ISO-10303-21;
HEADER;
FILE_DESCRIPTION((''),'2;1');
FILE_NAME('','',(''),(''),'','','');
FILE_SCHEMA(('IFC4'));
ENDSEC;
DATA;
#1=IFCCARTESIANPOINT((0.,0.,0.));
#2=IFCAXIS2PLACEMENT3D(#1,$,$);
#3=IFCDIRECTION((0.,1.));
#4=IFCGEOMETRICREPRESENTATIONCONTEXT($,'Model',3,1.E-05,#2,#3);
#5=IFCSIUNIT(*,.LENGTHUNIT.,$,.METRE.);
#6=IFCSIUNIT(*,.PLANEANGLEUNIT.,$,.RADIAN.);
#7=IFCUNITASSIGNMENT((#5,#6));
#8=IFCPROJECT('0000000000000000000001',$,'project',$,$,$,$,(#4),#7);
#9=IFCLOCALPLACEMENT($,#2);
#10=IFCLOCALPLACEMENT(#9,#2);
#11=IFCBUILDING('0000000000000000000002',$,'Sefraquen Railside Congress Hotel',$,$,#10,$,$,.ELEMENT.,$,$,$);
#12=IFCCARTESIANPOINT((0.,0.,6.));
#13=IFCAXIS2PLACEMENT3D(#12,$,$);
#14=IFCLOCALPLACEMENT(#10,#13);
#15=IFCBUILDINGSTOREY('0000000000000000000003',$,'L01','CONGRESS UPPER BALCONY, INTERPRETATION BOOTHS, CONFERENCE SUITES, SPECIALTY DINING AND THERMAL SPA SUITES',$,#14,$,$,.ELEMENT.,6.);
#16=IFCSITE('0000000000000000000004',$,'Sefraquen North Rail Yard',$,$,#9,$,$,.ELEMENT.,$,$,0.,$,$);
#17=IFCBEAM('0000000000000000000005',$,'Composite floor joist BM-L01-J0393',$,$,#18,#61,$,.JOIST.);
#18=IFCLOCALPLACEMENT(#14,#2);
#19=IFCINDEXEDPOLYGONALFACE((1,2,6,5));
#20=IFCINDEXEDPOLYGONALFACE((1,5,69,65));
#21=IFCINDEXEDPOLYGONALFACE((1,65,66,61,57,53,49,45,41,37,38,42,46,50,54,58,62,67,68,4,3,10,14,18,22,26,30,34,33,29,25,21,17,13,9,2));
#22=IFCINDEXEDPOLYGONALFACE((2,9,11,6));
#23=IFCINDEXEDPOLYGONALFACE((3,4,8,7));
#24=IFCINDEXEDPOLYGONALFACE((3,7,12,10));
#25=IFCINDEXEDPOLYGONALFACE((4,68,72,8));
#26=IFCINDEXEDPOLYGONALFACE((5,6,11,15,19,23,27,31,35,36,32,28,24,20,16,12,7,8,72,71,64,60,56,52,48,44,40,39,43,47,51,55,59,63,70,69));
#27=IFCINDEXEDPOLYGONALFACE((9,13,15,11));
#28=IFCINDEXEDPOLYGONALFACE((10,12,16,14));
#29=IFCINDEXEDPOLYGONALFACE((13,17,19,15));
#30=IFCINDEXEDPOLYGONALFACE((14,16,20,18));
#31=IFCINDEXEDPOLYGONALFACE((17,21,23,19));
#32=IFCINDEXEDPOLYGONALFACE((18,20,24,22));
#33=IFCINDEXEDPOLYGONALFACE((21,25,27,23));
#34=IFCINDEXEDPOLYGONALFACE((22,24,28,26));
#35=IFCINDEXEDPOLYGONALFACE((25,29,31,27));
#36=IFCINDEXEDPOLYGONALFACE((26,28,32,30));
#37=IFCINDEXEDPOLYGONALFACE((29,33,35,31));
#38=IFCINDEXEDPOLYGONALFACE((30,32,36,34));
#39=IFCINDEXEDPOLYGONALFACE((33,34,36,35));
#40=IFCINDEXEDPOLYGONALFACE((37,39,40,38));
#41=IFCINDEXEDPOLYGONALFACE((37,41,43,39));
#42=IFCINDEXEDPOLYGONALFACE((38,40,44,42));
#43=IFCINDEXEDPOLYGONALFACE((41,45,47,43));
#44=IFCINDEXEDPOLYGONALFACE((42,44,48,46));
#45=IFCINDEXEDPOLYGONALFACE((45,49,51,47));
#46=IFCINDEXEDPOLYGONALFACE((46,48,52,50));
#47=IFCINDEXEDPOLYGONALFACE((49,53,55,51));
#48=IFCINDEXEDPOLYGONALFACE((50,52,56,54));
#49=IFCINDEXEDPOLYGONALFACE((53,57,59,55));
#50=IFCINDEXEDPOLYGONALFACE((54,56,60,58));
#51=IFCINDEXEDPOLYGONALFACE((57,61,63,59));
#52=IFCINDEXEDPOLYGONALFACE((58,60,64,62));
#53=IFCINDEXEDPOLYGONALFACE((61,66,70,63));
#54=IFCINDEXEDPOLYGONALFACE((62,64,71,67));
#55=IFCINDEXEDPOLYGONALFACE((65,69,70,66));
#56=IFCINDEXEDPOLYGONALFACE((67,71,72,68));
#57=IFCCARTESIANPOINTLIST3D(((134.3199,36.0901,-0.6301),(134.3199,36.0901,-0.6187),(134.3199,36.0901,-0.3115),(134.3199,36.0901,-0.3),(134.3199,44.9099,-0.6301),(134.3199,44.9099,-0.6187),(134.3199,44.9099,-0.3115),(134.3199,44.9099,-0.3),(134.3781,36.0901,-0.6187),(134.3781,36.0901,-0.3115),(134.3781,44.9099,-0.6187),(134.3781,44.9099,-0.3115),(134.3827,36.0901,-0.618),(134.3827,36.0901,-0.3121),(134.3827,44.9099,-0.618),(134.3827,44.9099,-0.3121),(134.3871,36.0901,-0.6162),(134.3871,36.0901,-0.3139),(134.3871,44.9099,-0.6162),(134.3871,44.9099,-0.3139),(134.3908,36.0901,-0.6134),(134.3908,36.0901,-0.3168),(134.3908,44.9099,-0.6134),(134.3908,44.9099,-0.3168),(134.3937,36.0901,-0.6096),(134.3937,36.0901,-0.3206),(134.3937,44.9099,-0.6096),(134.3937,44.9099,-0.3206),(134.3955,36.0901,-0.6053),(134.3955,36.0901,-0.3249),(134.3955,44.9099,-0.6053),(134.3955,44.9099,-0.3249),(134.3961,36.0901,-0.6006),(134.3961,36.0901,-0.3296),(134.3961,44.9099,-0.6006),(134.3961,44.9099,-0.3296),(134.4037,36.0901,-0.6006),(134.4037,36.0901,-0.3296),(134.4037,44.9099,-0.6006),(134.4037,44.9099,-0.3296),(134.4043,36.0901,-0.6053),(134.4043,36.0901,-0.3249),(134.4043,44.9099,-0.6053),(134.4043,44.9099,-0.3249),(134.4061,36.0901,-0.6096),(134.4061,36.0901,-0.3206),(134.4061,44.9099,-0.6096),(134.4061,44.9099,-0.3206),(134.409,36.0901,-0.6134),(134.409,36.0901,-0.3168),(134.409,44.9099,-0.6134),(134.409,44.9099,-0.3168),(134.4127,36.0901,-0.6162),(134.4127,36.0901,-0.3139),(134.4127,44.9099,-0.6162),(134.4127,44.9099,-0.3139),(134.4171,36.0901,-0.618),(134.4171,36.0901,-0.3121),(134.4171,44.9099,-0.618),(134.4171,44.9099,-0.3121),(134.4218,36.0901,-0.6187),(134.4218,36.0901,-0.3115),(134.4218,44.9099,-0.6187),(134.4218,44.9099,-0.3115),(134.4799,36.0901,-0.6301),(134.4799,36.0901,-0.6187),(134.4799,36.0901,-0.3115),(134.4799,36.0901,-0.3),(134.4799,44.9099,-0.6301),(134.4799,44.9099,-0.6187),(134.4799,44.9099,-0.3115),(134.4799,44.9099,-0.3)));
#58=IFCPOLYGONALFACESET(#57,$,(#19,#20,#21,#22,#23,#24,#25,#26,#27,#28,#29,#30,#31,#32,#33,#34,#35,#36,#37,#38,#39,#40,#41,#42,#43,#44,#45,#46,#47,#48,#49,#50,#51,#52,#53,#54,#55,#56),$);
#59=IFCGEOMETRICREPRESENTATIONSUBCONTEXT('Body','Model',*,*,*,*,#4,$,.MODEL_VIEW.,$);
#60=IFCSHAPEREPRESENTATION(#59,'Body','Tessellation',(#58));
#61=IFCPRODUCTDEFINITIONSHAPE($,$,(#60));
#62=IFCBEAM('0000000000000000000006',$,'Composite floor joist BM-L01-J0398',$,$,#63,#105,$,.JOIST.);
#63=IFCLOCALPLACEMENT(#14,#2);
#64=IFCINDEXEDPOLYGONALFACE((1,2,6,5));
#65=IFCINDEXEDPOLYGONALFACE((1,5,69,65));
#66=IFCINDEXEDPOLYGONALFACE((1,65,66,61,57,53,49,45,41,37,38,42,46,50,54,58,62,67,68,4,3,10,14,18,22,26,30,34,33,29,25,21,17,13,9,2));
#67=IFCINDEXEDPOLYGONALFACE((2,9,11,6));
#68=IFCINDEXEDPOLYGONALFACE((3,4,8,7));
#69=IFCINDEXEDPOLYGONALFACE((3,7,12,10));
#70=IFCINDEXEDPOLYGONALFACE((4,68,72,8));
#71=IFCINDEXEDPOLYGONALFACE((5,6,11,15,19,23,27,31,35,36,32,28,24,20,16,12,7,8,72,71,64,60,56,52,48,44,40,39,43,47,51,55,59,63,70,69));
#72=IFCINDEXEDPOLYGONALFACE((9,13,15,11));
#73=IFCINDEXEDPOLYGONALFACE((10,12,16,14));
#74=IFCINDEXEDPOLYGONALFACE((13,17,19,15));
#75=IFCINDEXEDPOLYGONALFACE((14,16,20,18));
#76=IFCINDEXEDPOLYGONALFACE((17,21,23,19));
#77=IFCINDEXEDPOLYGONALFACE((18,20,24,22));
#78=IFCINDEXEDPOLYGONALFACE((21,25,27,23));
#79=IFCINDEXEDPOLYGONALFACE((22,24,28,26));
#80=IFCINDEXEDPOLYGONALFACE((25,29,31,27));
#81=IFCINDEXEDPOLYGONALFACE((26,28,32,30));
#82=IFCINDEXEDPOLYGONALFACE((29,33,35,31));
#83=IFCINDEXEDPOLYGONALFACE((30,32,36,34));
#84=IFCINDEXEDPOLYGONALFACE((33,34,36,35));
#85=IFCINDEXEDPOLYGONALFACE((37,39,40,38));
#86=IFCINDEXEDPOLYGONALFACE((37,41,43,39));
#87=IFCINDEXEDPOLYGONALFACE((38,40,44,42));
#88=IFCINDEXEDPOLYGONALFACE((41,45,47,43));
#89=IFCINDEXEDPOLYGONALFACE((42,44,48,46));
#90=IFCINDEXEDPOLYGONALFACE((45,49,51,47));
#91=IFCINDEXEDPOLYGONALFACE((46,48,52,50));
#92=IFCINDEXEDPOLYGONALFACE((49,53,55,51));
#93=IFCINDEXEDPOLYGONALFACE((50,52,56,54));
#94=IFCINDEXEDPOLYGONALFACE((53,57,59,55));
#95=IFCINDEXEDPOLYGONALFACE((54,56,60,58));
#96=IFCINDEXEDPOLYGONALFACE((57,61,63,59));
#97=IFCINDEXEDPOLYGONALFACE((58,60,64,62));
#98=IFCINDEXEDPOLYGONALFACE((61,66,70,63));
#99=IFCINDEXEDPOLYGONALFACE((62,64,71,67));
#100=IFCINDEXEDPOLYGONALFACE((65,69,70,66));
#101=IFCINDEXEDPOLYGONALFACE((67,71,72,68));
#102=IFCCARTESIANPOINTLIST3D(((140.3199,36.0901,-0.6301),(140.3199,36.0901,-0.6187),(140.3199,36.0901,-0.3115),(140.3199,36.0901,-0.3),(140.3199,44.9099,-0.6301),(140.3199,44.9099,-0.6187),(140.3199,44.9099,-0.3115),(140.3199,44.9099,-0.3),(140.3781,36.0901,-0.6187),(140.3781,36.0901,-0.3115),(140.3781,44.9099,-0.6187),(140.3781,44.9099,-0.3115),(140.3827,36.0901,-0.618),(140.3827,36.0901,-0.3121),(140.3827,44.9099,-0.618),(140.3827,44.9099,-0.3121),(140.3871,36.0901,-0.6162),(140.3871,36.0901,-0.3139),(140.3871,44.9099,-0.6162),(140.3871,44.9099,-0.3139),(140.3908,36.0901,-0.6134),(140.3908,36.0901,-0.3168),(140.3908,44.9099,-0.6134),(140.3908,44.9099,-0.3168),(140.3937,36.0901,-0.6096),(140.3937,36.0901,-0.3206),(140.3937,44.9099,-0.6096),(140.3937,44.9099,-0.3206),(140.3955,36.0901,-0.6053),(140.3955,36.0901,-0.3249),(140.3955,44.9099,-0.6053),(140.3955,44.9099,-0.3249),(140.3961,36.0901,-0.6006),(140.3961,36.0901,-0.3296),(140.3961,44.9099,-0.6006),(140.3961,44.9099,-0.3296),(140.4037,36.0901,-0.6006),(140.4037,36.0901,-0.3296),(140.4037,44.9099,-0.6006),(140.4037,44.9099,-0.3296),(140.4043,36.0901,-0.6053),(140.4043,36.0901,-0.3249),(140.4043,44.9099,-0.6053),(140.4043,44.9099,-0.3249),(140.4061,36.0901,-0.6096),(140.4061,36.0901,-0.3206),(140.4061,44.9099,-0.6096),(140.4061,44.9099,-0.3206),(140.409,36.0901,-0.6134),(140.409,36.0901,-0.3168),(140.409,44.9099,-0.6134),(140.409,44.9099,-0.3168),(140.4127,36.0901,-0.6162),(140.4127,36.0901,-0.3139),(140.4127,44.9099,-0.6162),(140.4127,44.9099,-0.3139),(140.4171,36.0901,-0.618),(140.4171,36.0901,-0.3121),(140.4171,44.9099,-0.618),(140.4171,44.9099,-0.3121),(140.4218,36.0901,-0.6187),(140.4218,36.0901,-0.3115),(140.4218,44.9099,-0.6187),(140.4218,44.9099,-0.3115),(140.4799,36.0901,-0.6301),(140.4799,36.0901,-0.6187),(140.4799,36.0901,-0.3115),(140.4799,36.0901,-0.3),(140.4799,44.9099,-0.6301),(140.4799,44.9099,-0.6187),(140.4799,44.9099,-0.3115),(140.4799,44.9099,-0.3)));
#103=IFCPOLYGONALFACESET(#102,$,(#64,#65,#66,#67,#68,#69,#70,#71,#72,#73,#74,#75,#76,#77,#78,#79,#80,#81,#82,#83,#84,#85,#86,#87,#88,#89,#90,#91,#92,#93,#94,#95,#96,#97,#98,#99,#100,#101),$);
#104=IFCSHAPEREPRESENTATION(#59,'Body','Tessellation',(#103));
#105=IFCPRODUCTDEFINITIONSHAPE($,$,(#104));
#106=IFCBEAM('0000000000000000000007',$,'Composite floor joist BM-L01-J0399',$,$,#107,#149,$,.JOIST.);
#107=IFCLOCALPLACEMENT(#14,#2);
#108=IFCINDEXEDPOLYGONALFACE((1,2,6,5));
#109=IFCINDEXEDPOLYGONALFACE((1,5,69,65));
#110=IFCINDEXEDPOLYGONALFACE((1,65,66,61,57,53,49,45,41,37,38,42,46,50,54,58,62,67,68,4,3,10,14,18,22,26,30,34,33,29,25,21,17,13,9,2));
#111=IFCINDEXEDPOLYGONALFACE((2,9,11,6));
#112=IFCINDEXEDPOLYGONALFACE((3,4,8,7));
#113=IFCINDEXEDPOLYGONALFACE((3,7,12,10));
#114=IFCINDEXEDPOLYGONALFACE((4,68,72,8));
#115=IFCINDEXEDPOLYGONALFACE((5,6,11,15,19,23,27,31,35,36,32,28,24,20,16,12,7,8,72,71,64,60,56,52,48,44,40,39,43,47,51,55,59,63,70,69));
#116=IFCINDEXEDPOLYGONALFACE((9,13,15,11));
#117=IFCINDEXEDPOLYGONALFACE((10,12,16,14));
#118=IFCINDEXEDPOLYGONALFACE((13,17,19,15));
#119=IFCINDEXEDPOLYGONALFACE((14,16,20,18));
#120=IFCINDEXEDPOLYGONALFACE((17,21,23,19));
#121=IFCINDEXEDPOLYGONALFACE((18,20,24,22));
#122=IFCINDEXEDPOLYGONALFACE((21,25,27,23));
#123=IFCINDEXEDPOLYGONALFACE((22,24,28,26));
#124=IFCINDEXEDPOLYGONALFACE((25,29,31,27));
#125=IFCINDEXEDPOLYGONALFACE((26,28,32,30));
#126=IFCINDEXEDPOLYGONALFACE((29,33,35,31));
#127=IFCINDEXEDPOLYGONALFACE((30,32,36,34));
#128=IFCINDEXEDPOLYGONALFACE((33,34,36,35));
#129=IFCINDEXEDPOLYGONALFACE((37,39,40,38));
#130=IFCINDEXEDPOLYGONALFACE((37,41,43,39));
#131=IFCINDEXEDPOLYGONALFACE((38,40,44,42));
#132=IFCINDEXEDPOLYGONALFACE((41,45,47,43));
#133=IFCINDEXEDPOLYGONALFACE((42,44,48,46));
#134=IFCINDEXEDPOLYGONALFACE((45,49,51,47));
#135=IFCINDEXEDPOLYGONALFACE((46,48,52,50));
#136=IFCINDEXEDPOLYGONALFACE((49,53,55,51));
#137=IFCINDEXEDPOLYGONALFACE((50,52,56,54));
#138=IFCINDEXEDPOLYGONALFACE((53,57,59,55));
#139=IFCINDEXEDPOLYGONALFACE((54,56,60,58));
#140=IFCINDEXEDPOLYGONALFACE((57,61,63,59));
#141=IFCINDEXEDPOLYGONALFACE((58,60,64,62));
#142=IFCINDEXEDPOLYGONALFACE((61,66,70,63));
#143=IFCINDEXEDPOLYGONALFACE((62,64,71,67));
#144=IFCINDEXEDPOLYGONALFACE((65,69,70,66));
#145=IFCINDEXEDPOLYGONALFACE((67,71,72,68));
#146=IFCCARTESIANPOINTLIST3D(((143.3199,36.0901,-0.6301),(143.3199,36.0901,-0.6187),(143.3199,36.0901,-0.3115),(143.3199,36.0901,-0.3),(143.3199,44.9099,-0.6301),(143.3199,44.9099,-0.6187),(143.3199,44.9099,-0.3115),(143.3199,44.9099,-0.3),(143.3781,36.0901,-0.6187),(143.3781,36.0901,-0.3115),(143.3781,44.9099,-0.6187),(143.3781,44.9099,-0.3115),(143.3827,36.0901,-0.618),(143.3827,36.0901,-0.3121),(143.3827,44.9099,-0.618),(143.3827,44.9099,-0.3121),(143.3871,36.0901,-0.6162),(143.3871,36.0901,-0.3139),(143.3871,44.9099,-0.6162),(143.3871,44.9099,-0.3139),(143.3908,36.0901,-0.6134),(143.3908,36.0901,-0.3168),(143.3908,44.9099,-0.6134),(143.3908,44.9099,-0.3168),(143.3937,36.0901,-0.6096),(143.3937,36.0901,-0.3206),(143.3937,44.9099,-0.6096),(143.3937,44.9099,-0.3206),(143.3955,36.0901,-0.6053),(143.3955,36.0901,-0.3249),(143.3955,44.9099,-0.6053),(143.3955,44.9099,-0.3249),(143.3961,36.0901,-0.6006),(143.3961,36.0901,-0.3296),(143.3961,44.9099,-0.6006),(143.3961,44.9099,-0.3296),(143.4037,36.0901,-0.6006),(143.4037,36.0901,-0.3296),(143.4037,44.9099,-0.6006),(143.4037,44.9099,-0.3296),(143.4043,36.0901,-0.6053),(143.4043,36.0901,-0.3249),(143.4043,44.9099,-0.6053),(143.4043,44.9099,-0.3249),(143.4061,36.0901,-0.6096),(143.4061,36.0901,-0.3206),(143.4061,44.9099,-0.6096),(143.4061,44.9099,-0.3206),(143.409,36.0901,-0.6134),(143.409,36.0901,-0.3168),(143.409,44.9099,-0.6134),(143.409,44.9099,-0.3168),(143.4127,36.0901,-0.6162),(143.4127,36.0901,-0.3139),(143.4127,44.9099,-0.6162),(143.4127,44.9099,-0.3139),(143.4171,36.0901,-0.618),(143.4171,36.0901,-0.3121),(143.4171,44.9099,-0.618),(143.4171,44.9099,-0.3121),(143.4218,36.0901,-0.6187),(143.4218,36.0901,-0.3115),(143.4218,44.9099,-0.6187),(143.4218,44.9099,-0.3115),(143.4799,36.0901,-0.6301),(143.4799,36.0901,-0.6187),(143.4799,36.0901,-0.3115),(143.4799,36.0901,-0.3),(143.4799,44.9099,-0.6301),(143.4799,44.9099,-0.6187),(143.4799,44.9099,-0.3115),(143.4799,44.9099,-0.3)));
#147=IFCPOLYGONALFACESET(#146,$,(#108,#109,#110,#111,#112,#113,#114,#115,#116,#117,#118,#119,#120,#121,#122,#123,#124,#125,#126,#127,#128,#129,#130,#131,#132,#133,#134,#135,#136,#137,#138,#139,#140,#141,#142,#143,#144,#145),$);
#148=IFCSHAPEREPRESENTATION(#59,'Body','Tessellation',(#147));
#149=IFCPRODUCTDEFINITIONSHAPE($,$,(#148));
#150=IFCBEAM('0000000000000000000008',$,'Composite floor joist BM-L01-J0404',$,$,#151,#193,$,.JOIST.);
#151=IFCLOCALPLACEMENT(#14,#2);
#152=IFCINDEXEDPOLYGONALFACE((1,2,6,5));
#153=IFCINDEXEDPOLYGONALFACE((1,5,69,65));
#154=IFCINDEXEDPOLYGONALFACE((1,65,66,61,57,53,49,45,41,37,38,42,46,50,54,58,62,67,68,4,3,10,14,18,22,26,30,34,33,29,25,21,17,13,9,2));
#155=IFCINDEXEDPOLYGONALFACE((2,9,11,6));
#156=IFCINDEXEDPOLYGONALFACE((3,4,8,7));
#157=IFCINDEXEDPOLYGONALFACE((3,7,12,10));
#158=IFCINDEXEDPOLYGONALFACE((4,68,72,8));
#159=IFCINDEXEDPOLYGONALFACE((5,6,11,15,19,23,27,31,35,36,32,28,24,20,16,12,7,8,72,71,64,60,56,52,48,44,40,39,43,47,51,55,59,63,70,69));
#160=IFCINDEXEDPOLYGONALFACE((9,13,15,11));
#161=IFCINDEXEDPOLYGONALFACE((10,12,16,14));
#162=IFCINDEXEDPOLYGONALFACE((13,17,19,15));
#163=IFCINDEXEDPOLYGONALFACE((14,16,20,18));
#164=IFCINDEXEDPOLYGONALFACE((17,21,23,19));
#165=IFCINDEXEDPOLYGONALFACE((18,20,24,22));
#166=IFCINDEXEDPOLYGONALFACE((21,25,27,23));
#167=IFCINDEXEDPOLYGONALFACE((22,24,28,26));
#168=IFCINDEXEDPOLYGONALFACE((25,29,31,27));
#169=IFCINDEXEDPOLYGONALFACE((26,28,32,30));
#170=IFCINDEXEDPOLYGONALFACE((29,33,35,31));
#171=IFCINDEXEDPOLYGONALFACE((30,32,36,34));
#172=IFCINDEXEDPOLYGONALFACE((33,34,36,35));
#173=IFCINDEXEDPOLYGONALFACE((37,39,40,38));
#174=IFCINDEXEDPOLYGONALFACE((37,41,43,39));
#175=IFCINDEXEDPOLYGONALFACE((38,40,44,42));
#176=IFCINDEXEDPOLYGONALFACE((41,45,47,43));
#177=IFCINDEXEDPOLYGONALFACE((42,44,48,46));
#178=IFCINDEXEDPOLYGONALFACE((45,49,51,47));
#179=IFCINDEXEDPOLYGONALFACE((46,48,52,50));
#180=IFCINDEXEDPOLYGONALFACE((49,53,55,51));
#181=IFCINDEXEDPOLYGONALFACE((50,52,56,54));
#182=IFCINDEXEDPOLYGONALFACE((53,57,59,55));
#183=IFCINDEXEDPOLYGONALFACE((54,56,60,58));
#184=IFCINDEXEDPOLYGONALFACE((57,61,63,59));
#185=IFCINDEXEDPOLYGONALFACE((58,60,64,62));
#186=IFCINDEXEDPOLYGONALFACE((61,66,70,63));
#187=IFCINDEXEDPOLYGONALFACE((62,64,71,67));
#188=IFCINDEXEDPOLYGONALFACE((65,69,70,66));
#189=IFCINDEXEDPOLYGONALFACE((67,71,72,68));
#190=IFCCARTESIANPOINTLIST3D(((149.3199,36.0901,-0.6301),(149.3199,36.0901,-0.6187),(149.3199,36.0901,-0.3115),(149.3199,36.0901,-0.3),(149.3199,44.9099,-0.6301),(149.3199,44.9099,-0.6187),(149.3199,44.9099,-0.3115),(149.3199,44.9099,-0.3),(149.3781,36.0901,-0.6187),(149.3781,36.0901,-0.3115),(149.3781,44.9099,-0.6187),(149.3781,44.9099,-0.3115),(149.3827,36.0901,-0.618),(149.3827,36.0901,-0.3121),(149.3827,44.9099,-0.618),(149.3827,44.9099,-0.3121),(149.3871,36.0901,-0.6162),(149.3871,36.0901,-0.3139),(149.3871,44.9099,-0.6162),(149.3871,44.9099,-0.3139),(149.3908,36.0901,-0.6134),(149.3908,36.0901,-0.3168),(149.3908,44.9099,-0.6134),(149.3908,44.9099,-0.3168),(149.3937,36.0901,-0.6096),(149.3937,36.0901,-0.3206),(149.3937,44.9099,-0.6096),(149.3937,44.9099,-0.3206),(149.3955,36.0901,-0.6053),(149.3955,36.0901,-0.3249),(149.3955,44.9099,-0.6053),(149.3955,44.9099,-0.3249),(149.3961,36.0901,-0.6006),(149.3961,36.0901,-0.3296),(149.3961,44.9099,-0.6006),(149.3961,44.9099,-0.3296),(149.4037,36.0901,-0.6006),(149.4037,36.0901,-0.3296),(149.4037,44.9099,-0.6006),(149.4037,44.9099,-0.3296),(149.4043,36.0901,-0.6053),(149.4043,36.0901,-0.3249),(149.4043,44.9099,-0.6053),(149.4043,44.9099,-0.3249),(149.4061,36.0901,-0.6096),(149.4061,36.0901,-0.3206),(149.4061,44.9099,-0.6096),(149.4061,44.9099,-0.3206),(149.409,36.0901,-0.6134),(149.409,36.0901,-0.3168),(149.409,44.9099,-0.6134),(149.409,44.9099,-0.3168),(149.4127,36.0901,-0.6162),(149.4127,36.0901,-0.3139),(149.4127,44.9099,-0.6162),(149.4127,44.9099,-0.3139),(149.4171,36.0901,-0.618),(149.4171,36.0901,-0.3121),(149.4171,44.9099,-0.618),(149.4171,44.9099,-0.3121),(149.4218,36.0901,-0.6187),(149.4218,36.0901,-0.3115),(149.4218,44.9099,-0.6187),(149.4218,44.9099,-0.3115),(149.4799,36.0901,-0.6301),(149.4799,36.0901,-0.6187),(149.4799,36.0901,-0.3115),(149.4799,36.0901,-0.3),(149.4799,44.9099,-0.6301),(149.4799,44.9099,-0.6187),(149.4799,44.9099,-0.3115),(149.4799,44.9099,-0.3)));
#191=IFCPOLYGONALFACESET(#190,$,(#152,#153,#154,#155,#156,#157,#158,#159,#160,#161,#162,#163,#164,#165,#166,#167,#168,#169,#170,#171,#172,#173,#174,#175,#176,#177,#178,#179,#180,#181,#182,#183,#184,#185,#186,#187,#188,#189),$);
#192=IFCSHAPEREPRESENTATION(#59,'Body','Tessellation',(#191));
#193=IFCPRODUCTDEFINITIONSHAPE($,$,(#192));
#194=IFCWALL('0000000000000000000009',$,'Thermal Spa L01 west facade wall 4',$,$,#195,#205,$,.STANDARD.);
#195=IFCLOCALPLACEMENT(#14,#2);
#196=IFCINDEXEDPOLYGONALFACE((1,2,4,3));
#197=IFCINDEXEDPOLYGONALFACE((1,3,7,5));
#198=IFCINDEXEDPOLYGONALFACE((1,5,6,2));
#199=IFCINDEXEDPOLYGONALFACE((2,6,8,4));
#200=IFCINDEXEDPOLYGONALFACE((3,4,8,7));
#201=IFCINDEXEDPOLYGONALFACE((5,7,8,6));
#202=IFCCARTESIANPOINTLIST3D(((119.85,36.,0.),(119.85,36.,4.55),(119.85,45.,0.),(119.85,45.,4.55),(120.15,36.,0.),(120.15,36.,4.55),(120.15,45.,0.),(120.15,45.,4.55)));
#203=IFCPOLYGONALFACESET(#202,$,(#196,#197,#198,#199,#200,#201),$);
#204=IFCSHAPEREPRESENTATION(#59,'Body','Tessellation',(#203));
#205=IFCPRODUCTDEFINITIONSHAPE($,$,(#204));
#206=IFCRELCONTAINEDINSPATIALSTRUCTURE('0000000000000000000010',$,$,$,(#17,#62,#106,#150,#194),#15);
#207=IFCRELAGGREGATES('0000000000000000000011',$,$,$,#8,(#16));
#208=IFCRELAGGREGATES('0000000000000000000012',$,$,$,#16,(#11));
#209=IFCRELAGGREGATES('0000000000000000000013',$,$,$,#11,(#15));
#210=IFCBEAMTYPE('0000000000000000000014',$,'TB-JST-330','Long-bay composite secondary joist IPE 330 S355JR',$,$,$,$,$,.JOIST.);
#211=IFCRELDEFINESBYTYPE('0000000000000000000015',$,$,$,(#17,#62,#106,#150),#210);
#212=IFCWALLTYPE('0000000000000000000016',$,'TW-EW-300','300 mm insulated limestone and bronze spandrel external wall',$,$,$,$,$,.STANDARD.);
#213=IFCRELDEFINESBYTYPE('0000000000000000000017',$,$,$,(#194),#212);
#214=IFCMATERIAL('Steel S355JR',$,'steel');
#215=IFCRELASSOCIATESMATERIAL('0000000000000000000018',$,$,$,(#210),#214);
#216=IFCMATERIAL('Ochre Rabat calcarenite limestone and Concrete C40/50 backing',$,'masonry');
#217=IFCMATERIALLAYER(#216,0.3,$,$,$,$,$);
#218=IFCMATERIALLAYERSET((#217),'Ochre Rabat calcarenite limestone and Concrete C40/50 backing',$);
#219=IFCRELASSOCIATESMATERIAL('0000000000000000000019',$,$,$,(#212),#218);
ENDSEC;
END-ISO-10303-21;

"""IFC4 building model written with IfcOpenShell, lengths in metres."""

from ifc_helpers import new_model, si_unit, direction, frame, frame_2d, origin, origin_2d, place, context, subcontext, project, spatial, rectangle, i_section, extrude, material, layer, layer_set, material_profile, profile_set, type_object, element, save


model = new_model("IFC4")

# Units and contexts
model_context = context("Model", 3, precision=1e-05, world=origin(), true_north=direction((0.0, 1.0)))
body_context = subcontext(model_context, "Body", "Model", "MODEL_VIEW")
ifc_project = project(units=[si_unit("LENGTHUNIT", "METRE"), si_unit("PLANEANGLEUNIT", "RADIAN")], contexts=[model_context])

# Site, building, storey
site_placement = place(None, origin())
site = spatial("IfcSite", under=ifc_project, at=site_placement, Name="Sefraquen North Rail Yard", CompositionType="ELEMENT", RefElevation=0.0)
building_placement = place(site_placement, origin())
building = spatial("IfcBuilding", under=site, at=building_placement, Name="Sefraquen Railside Congress Hotel", CompositionType="ELEMENT")
storey_placement = place(building_placement, frame((0.0, 0.0, 6.0)))
storey = spatial("IfcBuildingStorey", under=building, at=storey_placement, Name="L01", Description="CONGRESS UPPER BALCONY, INTERPRETATION BOOTHS, CONFERENCE SUITES, SPECIALTY DINING AND THERMAL SPA SUITES", CompositionType="ELEMENT", Elevation=6.0)

# Shared definitions
ifc_material_1 = material(Name="Steel S355JR", Category="steel")

# Beams
ifc_material_profile_1 = material_profile(ifc_material_1, i_section(OverallWidth=0.1599, OverallDepth=0.3301, WebThickness=0.0076, FlangeThickness=0.0115, FilletRadius=0.0181, at=origin_2d()), Name="IPE 330")
ifc_profile_set_1 = profile_set([ifc_material_profile_1], Name="Steel S355JR")
beam_type_1 = type_object("IfcBeamType", Name="TB-JST-330", Description="Long-bay composite secondary joist IPE 330 S355JR", PredefinedType="JOIST", material=ifc_profile_set_1)
for number, where, z_axis, x_axis, name in (
    (1, (134.3999, 36.0901, -0.4651), (0.0, 1.0, 0.0), (-1.0, 0.0, 0.0), "Composite floor joist BM-L01-J0393"),
    (2, (140.3999, 36.0901, -0.4651), (0.0, 1.0, 0.0), (-1.0, 0.0, 0.0), "Composite floor joist BM-L01-J0398"),
    (3, (143.3999, 36.0901, -0.4651), (0.0, 1.0, 0.0), (-1.0, 0.0, 0.0), "Composite floor joist BM-L01-J0399"),
    (4, (149.3999, 36.0901, -0.4651), (0.0, 1.0, 0.0), (-1.0, 0.0, 0.0), "Composite floor joist BM-L01-J0404"),
):
    element("IfcBeam", number, at=place(storey_placement, frame(where, z_axis=z_axis, x_axis=x_axis)), inside=storey, type_object=beam_type_1, Name=name, PredefinedType="JOIST", context=body_context, shape_type="SweptSolid", body=[
        extrude(i_section(OverallWidth=0.1599, OverallDepth=0.3301, WebThickness=0.0076, FlangeThickness=0.0115, FilletRadius=0.0181, at=origin_2d()), origin(), (0.0, 0.0, 1.0), 8.8198),
    ])

# Wall
ifc_material_2 = material(Name="Ochre Rabat calcarenite limestone and Concrete C40/50 backing", Category="masonry")
ifc_layer_1 = layer(ifc_material_2, 0.3)
ifc_layer_set_1 = layer_set([ifc_layer_1], Name="Ochre Rabat calcarenite limestone and Concrete C40/50 backing")
wall_type_1 = type_object("IfcWallType", Name="TW-EW-300", Description="300 mm insulated limestone and bronze spandrel external wall", PredefinedType="STANDARD", material=ifc_layer_set_1)
wall_1_placement = place(storey_placement, frame((120.0, 36.0, 0.0), z_axis=(0.0, 0.0, 1.0), x_axis=(0.0, 1.0, 0.0)))
element("IfcWall", 5, at=wall_1_placement, inside=storey, type_object=wall_type_1, Name="Thermal Spa L01 west facade wall 4", PredefinedType="STANDARD", context=body_context, shape_type="SweptSolid", body=[
    extrude(rectangle(XDim=9.0, YDim=0.3, at=frame_2d((4.5, 0.0))), origin(), (0.0, 0.0, 1.0), 4.55),
])

save(model, "model.ifc")
